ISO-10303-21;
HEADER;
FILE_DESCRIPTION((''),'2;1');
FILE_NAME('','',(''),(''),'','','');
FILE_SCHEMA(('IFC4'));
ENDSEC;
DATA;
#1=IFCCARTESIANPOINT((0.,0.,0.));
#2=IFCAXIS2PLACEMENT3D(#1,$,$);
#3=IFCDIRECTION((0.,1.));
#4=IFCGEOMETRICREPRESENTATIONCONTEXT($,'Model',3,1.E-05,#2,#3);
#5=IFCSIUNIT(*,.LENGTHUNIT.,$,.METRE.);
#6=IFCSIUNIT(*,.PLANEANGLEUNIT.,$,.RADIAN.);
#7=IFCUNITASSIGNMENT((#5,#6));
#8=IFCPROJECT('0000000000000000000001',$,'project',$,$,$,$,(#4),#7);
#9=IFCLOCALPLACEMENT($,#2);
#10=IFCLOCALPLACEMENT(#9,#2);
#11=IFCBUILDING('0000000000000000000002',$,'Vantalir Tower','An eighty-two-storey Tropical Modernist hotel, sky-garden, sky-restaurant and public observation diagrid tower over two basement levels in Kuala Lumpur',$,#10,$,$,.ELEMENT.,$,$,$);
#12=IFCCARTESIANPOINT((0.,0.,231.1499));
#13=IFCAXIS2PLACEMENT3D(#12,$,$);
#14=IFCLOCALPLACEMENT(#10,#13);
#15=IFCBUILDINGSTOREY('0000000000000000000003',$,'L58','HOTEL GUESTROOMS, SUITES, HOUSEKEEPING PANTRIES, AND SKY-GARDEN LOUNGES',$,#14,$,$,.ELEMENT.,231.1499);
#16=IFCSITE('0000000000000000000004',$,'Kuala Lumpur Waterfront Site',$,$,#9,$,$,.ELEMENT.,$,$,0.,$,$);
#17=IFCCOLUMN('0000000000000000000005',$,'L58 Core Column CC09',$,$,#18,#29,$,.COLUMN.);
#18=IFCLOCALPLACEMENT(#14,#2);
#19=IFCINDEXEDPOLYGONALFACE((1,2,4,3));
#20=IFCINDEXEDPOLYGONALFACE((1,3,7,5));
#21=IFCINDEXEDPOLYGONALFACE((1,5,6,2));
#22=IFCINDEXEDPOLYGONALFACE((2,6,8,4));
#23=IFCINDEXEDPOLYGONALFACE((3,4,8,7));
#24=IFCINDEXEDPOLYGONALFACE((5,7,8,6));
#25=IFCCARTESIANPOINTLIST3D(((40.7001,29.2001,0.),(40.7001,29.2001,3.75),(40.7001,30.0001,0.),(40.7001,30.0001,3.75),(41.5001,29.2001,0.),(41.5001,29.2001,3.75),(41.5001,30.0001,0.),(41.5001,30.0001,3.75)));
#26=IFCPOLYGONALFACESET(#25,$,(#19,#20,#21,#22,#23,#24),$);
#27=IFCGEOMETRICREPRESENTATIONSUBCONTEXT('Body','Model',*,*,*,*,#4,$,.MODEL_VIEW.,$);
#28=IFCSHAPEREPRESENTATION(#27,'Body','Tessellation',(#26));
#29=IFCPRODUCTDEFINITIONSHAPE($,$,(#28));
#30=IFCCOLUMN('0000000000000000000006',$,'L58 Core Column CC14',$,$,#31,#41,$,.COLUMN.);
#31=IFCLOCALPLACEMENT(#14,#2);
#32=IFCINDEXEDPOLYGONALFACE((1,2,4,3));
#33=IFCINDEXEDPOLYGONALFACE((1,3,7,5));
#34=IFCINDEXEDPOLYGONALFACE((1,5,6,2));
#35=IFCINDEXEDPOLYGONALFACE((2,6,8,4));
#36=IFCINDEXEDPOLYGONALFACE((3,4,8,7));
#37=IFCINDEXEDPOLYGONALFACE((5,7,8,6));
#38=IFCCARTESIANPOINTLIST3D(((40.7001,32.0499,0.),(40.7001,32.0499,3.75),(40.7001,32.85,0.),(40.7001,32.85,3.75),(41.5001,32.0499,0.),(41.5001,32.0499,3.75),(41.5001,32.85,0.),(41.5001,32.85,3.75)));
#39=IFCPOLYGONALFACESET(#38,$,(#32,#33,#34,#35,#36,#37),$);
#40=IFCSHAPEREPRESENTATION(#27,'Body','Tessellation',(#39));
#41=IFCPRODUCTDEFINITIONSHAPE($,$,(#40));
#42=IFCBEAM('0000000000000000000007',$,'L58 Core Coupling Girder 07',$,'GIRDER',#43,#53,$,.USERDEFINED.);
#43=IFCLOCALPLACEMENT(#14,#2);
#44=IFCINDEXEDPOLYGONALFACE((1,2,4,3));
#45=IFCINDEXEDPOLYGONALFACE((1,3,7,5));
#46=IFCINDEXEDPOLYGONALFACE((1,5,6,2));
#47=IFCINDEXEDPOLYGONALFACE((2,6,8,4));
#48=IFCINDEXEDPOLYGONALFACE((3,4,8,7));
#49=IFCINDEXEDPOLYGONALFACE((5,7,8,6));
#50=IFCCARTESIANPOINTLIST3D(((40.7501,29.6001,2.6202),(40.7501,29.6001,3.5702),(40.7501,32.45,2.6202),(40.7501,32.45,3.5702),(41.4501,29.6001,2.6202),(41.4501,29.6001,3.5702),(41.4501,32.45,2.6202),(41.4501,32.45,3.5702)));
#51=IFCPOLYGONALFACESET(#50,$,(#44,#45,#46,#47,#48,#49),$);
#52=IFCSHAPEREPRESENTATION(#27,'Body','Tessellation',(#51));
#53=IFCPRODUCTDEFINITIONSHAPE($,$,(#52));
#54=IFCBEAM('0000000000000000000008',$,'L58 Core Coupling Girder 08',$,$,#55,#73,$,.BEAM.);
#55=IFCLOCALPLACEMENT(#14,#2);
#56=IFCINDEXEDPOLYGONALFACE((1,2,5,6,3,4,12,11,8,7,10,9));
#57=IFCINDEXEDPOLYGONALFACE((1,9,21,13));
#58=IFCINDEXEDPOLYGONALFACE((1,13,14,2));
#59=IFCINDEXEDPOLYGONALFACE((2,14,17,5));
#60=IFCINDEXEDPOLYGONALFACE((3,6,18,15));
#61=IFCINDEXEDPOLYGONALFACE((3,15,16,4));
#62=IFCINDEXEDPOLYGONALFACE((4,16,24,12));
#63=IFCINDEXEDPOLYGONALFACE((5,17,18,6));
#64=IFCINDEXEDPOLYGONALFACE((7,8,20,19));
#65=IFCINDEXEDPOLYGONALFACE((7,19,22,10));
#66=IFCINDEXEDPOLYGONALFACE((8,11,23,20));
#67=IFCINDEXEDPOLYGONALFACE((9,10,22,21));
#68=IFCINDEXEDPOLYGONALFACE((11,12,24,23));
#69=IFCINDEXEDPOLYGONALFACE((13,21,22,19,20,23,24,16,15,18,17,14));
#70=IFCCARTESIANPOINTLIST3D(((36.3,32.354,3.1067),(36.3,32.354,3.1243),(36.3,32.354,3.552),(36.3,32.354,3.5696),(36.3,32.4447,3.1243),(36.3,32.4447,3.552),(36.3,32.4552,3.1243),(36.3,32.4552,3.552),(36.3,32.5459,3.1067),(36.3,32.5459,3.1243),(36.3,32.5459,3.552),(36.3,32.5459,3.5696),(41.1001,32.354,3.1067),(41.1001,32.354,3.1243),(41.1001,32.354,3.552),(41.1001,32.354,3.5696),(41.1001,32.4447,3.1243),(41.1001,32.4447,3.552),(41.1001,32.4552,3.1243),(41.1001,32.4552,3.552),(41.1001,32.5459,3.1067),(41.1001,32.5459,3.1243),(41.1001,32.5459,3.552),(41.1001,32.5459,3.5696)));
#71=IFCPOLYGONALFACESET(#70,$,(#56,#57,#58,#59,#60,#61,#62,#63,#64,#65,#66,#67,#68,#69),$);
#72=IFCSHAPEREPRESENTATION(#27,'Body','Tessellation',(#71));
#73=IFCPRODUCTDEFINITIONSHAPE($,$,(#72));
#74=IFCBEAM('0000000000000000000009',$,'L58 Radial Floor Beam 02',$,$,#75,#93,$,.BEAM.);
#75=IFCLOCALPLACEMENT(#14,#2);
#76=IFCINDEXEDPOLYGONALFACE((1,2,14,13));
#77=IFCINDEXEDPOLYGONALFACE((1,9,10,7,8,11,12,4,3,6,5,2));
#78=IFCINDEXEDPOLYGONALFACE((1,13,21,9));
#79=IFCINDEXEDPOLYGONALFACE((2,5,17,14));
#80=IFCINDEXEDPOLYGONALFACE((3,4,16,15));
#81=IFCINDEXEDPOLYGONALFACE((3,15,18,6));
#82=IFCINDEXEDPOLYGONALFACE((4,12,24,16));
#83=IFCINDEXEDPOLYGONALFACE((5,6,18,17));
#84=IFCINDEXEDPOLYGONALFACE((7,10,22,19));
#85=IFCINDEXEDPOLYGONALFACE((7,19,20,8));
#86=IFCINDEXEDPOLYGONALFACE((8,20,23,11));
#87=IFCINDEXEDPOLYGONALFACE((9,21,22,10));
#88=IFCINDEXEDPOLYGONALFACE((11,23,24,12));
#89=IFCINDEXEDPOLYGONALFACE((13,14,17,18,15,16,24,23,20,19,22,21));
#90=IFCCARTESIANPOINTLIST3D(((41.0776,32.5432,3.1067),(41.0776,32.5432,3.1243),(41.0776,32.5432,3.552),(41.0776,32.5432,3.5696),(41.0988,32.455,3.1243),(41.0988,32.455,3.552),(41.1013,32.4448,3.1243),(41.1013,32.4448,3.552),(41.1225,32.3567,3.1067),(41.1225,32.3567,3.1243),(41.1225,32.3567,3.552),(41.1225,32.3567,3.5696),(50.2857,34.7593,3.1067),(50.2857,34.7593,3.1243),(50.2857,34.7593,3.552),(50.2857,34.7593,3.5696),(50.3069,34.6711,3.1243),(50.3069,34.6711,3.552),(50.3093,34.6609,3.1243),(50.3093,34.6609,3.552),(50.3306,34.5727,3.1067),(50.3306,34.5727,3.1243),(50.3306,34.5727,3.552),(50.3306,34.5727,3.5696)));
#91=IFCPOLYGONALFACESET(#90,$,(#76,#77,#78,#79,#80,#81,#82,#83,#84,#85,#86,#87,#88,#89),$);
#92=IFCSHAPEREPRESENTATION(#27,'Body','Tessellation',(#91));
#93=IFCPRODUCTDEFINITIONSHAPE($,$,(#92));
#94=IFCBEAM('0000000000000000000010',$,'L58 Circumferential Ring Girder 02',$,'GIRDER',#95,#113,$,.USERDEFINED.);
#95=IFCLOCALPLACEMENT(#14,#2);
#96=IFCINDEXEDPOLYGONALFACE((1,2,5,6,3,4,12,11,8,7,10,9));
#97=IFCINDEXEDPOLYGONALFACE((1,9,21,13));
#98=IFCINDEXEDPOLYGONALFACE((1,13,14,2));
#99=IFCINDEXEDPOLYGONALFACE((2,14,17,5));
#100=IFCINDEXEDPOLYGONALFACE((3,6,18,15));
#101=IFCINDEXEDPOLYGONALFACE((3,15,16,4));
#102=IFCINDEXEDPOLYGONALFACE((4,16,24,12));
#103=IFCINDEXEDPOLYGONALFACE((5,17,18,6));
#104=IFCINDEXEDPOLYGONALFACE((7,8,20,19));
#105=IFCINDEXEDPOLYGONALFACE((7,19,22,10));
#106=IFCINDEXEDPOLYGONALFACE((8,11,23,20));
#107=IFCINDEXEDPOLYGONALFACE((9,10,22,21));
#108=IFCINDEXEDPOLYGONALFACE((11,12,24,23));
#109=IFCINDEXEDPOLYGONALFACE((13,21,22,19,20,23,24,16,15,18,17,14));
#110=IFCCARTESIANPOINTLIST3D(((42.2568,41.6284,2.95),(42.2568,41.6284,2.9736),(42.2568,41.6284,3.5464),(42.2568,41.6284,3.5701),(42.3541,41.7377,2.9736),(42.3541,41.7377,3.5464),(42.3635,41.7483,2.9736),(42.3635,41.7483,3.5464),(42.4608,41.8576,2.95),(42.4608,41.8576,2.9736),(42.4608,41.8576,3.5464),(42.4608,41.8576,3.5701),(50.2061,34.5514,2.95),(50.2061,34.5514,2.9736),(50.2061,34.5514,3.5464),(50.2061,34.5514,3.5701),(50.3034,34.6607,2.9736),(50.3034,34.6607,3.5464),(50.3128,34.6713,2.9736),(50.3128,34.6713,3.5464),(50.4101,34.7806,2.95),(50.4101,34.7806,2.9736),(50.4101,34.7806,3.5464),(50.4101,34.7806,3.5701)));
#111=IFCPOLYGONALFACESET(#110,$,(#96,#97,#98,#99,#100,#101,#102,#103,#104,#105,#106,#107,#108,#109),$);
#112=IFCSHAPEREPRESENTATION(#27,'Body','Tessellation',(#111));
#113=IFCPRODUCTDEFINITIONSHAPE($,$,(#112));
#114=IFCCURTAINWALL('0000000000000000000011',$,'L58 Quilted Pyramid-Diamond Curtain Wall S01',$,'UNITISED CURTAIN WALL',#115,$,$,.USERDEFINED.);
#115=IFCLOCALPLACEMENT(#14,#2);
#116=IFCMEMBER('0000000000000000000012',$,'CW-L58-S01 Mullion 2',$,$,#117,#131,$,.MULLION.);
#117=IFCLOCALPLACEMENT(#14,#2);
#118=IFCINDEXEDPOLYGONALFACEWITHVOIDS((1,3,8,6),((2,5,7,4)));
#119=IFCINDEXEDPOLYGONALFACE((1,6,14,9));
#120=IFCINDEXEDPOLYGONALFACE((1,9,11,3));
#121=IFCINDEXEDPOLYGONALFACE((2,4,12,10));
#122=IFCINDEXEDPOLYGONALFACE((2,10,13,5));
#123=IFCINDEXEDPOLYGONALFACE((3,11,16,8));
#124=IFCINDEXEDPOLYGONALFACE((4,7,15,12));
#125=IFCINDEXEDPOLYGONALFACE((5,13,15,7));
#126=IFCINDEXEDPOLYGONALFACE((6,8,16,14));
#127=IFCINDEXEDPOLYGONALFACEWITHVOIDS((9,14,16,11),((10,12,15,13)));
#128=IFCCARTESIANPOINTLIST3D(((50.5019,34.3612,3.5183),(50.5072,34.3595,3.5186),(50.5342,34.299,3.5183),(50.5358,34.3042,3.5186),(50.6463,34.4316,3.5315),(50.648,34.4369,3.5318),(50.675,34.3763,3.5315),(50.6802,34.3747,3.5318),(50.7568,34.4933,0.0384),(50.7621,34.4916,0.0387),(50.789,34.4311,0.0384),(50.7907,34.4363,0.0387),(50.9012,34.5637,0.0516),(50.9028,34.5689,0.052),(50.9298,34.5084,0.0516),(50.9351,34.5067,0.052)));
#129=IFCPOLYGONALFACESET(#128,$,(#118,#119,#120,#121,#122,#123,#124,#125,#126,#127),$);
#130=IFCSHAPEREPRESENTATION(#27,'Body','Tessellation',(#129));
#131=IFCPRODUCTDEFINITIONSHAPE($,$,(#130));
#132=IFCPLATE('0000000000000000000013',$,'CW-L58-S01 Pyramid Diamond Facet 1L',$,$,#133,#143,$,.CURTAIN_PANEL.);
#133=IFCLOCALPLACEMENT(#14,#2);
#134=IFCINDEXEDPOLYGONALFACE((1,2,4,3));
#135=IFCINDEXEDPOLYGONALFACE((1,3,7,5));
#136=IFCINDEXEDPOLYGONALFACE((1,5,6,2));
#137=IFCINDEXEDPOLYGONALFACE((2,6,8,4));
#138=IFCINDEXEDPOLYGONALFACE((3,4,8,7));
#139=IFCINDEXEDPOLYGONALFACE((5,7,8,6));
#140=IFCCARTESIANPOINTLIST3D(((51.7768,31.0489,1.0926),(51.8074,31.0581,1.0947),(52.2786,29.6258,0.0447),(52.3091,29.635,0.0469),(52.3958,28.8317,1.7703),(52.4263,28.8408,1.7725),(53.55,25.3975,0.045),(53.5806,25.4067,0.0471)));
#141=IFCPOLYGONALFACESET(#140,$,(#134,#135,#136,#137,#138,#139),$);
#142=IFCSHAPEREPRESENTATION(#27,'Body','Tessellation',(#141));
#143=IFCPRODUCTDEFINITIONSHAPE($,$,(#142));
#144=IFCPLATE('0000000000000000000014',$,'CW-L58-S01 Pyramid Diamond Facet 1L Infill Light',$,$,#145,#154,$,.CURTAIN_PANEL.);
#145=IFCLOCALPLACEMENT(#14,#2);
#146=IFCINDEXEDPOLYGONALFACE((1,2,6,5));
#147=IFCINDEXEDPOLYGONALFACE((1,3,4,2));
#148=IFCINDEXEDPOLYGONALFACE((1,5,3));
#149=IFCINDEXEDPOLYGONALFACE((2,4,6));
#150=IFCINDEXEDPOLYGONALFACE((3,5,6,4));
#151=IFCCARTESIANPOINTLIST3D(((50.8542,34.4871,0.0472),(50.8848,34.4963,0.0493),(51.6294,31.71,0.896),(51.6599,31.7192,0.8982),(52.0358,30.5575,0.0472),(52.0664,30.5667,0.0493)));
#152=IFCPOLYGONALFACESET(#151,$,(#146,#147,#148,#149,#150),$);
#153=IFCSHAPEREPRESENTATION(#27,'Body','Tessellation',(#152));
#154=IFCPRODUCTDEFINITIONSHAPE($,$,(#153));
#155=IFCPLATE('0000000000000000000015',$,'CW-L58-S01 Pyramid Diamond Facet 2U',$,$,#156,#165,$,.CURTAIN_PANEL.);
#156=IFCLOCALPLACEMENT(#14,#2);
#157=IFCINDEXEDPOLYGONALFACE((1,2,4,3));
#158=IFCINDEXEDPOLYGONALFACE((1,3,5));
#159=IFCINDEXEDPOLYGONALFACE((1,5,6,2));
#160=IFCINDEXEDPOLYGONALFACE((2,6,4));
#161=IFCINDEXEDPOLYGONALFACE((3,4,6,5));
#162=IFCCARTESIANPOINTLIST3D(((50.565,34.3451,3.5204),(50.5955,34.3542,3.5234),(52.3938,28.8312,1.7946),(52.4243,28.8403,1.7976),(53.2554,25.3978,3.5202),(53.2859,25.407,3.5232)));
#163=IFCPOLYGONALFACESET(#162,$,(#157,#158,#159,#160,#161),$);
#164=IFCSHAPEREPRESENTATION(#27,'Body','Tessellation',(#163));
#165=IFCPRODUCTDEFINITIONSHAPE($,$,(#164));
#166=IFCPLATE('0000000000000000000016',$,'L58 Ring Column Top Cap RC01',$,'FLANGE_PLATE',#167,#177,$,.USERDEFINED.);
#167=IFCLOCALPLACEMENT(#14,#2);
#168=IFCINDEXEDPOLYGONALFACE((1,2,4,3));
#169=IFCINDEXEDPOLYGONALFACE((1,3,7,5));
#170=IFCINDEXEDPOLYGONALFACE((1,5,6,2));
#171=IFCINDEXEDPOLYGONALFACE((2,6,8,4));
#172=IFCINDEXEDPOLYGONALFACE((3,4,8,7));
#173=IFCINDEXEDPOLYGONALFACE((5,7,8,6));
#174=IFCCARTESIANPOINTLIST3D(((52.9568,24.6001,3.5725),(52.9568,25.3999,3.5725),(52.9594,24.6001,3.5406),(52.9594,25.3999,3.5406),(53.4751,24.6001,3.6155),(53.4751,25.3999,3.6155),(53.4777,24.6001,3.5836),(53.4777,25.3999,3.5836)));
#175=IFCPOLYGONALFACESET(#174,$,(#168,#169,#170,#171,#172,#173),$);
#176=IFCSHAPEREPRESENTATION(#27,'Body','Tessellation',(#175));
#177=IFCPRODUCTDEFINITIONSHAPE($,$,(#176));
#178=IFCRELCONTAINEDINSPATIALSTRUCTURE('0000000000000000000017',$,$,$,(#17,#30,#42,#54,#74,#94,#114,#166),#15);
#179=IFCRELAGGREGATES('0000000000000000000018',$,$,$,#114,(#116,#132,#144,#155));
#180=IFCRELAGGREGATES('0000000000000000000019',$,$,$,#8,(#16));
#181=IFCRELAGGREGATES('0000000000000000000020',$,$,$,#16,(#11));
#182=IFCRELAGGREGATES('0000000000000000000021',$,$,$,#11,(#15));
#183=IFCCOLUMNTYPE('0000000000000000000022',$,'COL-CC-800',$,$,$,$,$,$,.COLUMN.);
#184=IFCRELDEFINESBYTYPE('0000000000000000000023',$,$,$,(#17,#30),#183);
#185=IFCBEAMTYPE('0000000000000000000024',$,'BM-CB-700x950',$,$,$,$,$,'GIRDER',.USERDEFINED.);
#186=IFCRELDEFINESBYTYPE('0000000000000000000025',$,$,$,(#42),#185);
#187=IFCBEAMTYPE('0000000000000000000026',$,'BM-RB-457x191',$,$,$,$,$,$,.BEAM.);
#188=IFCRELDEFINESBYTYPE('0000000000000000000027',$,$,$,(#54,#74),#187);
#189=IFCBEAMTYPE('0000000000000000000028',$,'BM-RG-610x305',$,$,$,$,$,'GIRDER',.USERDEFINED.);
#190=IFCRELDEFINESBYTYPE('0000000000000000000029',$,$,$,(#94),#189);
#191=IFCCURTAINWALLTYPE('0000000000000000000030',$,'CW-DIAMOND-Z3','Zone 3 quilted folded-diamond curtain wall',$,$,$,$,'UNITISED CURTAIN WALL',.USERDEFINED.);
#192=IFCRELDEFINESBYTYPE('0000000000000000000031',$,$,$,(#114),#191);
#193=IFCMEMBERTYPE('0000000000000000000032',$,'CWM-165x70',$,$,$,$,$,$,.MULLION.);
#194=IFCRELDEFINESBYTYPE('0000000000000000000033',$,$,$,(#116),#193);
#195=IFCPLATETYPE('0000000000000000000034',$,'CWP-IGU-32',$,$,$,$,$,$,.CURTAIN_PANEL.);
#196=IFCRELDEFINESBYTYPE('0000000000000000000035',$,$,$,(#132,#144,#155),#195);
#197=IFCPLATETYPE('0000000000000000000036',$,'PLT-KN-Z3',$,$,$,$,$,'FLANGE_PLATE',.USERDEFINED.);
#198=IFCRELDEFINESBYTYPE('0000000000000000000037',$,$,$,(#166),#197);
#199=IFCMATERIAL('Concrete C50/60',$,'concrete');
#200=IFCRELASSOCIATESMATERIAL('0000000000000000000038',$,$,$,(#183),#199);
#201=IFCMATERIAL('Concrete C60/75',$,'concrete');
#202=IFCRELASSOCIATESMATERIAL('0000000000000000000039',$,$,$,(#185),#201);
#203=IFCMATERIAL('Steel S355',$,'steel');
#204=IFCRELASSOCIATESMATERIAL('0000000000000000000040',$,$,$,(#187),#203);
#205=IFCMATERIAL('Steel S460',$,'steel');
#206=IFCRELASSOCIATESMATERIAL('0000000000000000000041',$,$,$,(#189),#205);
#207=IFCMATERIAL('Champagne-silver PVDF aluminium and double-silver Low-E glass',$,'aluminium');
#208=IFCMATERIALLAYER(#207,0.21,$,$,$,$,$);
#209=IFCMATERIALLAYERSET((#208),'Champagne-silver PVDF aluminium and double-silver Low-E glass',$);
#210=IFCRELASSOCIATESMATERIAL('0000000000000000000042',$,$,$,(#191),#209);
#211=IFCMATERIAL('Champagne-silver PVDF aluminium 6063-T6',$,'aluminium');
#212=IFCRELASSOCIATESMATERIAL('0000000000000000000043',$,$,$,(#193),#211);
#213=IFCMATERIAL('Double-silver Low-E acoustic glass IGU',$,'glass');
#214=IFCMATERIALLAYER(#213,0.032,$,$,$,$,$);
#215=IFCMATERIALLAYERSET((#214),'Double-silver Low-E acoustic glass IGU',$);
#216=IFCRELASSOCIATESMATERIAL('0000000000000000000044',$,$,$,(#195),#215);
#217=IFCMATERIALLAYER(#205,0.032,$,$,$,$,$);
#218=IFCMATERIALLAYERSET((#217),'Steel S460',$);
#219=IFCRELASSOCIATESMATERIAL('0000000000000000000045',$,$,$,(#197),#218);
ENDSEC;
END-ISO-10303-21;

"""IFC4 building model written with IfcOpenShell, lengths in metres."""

from ifc_helpers import new_model, si_unit, direction, frame, origin, origin_2d, place, context, subcontext, project, spatial, polyline, rectangle, hollow_rectangle, i_section, outline, extrude, material, layer, layer_set, material_profile, profile_set, type_object, element, aggregate, save


model = new_model("IFC4")

# Units and contexts
model_context = context("Model", 3, precision=1e-05, world=origin(), true_north=direction((0.0, 1.0)))
body_context = subcontext(model_context, "Body", "Model", "MODEL_VIEW")
ifc_project = project(units=[si_unit("LENGTHUNIT", "METRE"), si_unit("PLANEANGLEUNIT", "RADIAN")], contexts=[model_context])

# Site, building, storey
site_placement = place(None, origin())
site = spatial("IfcSite", under=ifc_project, at=site_placement, Name="Kuala Lumpur Waterfront Site", CompositionType="ELEMENT", RefElevation=0.0)
building_placement = place(site_placement, origin())
building = spatial("IfcBuilding", under=site, at=building_placement, Name="Vantalir Tower", Description="An eighty-two-storey Tropical Modernist hotel, sky-garden, sky-restaurant and public observation diagrid tower over two basement levels in Kuala Lumpur", CompositionType="ELEMENT")
storey_placement = place(building_placement, frame((0.0, 0.0, 231.1499)))
storey = spatial("IfcBuildingStorey", under=building, at=storey_placement, Name="L58", Description="HOTEL GUESTROOMS, SUITES, HOUSEKEEPING PANTRIES, AND SKY-GARDEN LOUNGES", CompositionType="ELEMENT", Elevation=231.1499)

# Columns
ifc_material_1 = material(Name="Concrete C50/60", Category="concrete")
ifc_material_profile_1 = material_profile(ifc_material_1, rectangle(XDim=0.8, YDim=0.8, at=origin_2d()), Name="Concrete C50/60")
ifc_profile_set_1 = profile_set([ifc_material_profile_1], Name="Concrete C50/60")
column_type = type_object("IfcColumnType", Name="COL-CC-800", PredefinedType="COLUMN", material=ifc_profile_set_1)
for number, where, z_axis, x_axis, name in (
    (1, (41.1001, 29.6001, 0.0), (0.0, 0.0, 1.0), (1.0, 0.0, 0.0), "L58 Core Column CC09"),
    (2, (41.1001, 32.45, 0.0), (0.0, 0.0, 1.0), (1.0, 0.0, 0.0), "L58 Core Column CC14"),
):
    element("IfcColumn", number, at=place(storey_placement, frame(where, z_axis=z_axis, x_axis=x_axis)), inside=storey, type_object=column_type, Name=name, PredefinedType="COLUMN", context=body_context, shape_type="SweptSolid", body=[
        extrude(rectangle(XDim=0.8, YDim=0.8, at=origin_2d()), origin(), (0.0, 0.0, 1.0), 3.75),
    ])

# Beams
ifc_material_2 = material(Name="Concrete C60/75", Category="concrete")
ifc_material_profile_2 = material_profile(ifc_material_2, rectangle(XDim=0.7, YDim=0.95, at=origin_2d()), Name="Concrete C60/75")
ifc_profile_set_2 = profile_set([ifc_material_profile_2], Name="Concrete C60/75")
beam_type_1 = type_object("IfcBeamType", Name="BM-CB-700x950", ElementType="GIRDER", PredefinedType="USERDEFINED", material=ifc_profile_set_2)
beam_1_placement = place(storey_placement, frame((41.1001, 29.6001, 3.0952), z_axis=(0.0, 1.0, 0.0), x_axis=(-1.0, 0.0, 0.0)))
element("IfcBeam", 3, at=beam_1_placement, inside=storey, type_object=beam_type_1, Name="L58 Core Coupling Girder 07", ObjectType="GIRDER", PredefinedType="USERDEFINED", context=body_context, shape_type="SweptSolid", body=[
    extrude(rectangle(XDim=0.7, YDim=0.95, at=origin_2d()), origin(), (0.0, 0.0, 1.0), 2.8499),
])
ifc_material_3 = material(Name="Steel S355", Category="steel")
ifc_material_profile_3 = material_profile(ifc_material_3, i_section(OverallWidth=0.1919, OverallDepth=0.4629, WebThickness=0.0105, FlangeThickness=0.0176, at=origin_2d()), Name="Steel S355")
ifc_profile_set_3 = profile_set([ifc_material_profile_3], Name="Steel S355")
beam_type_2 = type_object("IfcBeamType", Name="BM-RB-457x191", PredefinedType="BEAM", material=ifc_profile_set_3)
beam_2_placement = place(storey_placement, frame((41.1001, 32.45, 3.3381), z_axis=(-1.0, 0.0, 0.0), x_axis=(0.0, -1.0, 0.0)))
element("IfcBeam", 4, at=beam_2_placement, inside=storey, type_object=beam_type_2, Name="L58 Core Coupling Girder 08", PredefinedType="BEAM", context=body_context, shape_type="SweptSolid", body=[
    extrude(i_section(OverallWidth=0.1919, OverallDepth=0.4629, WebThickness=0.0105, FlangeThickness=0.0176, at=origin_2d()), origin(), (0.0, 0.0, 1.0), 4.8),
])
beam_3_placement = place(storey_placement, frame((50.3081, 34.666, 3.3381), z_axis=(-0.97224, -0.233986, 0.0), x_axis=(0.233986, -0.97224, 0.0)))
element("IfcBeam", 5, at=beam_3_placement, inside=storey, type_object=beam_type_2, Name="L58 Radial Floor Beam 02", PredefinedType="BEAM", context=body_context, shape_type="SweptSolid", body=[
    extrude(i_section(OverallWidth=0.1919, OverallDepth=0.4629, WebThickness=0.0105, FlangeThickness=0.0176, at=origin_2d()), origin(), (0.0, 0.0, 1.0), 9.4709),
])
ifc_material_4 = material(Name="Steel S460", Category="steel")
ifc_material_profile_4 = material_profile(ifc_material_4, i_section(OverallWidth=0.3069, OverallDepth=0.6201, WebThickness=0.0142, FlangeThickness=0.0237, at=origin_2d()), Name="Steel S460")
ifc_profile_set_4 = profile_set([ifc_material_profile_4], Name="Steel S460")
beam_type_3 = type_object("IfcBeamType", Name="BM-RG-610x305", ElementType="GIRDER", PredefinedType="USERDEFINED", material=ifc_profile_set_4)
beam_4_placement = place(storey_placement, frame((50.3081, 34.666, 3.26), z_axis=(-0.746899, 0.664937, 0.0), x_axis=(-0.664937, -0.746899, 0.0)))
element("IfcBeam", 6, at=beam_4_placement, inside=storey, type_object=beam_type_3, Name="L58 Circumferential Ring Girder 02", ObjectType="GIRDER", PredefinedType="USERDEFINED", context=body_context, shape_type="SweptSolid", body=[
    extrude(i_section(OverallWidth=0.3069, OverallDepth=0.6201, WebThickness=0.0142, FlangeThickness=0.0237, at=origin_2d()), origin(), (0.0, 0.0, 1.0), 10.6431),
])

# Curtain wall, member, plates
ifc_material_5 = material(Name="Champagne-silver PVDF aluminium and double-silver Low-E glass", Category="aluminium")
ifc_layer_1 = layer(ifc_material_5, 0.21)
ifc_layer_set_1 = layer_set([ifc_layer_1], Name="Champagne-silver PVDF aluminium and double-silver Low-E glass")
curtain_wall_type = type_object("IfcCurtainWallType", Name="CW-DIAMOND-Z3", Description="Zone 3 quilted folded-diamond curtain wall", ElementType="UNITISED CURTAIN WALL", PredefinedType="USERDEFINED", material=ifc_layer_set_1)
curtain_wall_placement = place(storey_placement, origin())
curtain_wall = element("IfcCurtainWall", 7, at=curtain_wall_placement, inside=storey, type_object=curtain_wall_type, Name="L58 Quilted Pyramid-Diamond Curtain Wall S01", ObjectType="UNITISED CURTAIN WALL", PredefinedType="USERDEFINED")
ifc_material_6 = material(Name="Champagne-silver PVDF aluminium 6063-T6", Category="aluminium")
ifc_material_profile_5 = material_profile(ifc_material_6, hollow_rectangle(XDim=0.0701, YDim=0.165, WallThickness=0.0039, at=origin_2d()), Name="Champagne-silver PVDF aluminium 6063-T6")
ifc_profile_set_5 = profile_set([ifc_material_profile_5], Name="Champagne-silver PVDF aluminium 6063-T6")
member_type = type_object("IfcMemberType", Name="CWM-165x70", PredefinedType="MULLION", material=ifc_profile_set_5)
member_placement = place(storey_placement, frame((50.8459, 34.5, 0.0452), z_axis=(-0.072995, -0.037826, 0.996615), x_axis=(0.460094, -0.88787, 0.0)))
member = element("IfcMember", 8, at=member_placement, type_object=member_type, Name="CW-L58-S01 Mullion 2", PredefinedType="MULLION", context=body_context, shape_type="SweptSolid", body=[
    extrude(hollow_rectangle(XDim=0.0701, YDim=0.165, WallThickness=0.0039, at=origin_2d()), origin(), (0.0, 0.0, 1.0), 3.4917),
])
ifc_material_7 = material(Name="Double-silver Low-E acoustic glass IGU", Category="glass")
ifc_layer_2 = layer(ifc_material_7, 0.032)
ifc_layer_set_2 = layer_set([ifc_layer_2], Name="Double-silver Low-E acoustic glass IGU")
plate_type_1 = type_object("IfcPlateType", Name="CWP-IGU-32", PredefinedType="CURTAIN_PANEL", material=ifc_layer_set_2)
plate_1_placement = place(storey_placement, frame((53.5806, 25.4067, 0.0471), z_axis=(0.955468, 0.287307, 0.067344), x_axis=(-0.287958, 0.957643, -0.000054)))
plate_1 = element("IfcPlate", 9, at=plate_1_placement, type_object=plate_type_1, Name="CW-L58-S01 Pyramid Diamond Facet 1L", PredefinedType="CURTAIN_PANEL", context=body_context, shape_type="SweptSolid", body=[
    extrude(outline(polyline([(0.0, 0.0), (4.4153, 0.0), (5.9225, 1.0503), (3.6209, 1.7295), (0.0, 0.0)])), origin(), (0.0, 0.0, -1.0), 0.032),
])
plate_2_placement = place(storey_placement, frame((52.0664, 30.5667, 0.0493), z_axis=(0.955463, 0.287304, 0.067439), x_axis=(-0.287959, 0.957643, 0.0)))
plate_2 = element("IfcPlate", 10, at=plate_2_placement, type_object=plate_type_1, Name="CW-L58-S01 Pyramid Diamond Facet 1L Infill Light", PredefinedType="CURTAIN_PANEL", context=body_context, shape_type="SweptSolid", body=[
    extrude(outline(polyline([(0.0, 0.0), (4.1035, 0.0), (1.2208, 0.8508), (0.0, 0.0)])), origin(), (0.0, 0.0, -1.0), 0.032),
])
plate_3_placement = place(storey_placement, frame((50.5955, 34.3542, 3.5234), z_axis=(0.953368, 0.286674, 0.094377), x_axis=(0.287962, -0.957642, -0.000026)))
plate_3 = element("IfcPlate", 11, at=plate_3_placement, type_object=plate_type_1, Name="CW-L58-S01 Pyramid Diamond Facet 2U", PredefinedType="CURTAIN_PANEL", context=body_context, shape_type="SweptSolid", body=[
    extrude(outline(polyline([(0.0, 0.0), (9.343, 0.0), (5.807, 1.7334), (0.0, 0.0)])), origin(), (0.0, 0.0, -1.0), 0.032),
])
aggregate(curtain_wall, [member, plate_1, plate_2, plate_3])

# Plate
ifc_layer_3 = layer(ifc_material_4, 0.032)
ifc_layer_set_3 = layer_set([ifc_layer_3], Name="Steel S460")
plate_type_2 = type_object("IfcPlateType", Name="PLT-KN-Z3", ElementType="FLANGE_PLATE", PredefinedType="USERDEFINED", material=ifc_layer_set_3)
plate_4_placement = place(storey_placement, frame((52.9568, 25.3999, 3.5725), z_axis=(-0.082618, 0.0, 0.996581), x_axis=(0.0, -1.0, 0.0)))
element("IfcPlate", 12, at=plate_4_placement, inside=storey, type_object=plate_type_2, Name="L58 Ring Column Top Cap RC01", ObjectType="FLANGE_PLATE", PredefinedType="USERDEFINED", context=body_context, shape_type="SweptSolid", body=[
    extrude(outline(polyline([(0.0, 0.0), (0.7998, 0.0), (0.7998, 0.5201), (0.0, 0.5201), (0.0, 0.0)])), origin(), (0.0, 0.0, -1.0), 0.032),
])

save(model, "model.ifc")
